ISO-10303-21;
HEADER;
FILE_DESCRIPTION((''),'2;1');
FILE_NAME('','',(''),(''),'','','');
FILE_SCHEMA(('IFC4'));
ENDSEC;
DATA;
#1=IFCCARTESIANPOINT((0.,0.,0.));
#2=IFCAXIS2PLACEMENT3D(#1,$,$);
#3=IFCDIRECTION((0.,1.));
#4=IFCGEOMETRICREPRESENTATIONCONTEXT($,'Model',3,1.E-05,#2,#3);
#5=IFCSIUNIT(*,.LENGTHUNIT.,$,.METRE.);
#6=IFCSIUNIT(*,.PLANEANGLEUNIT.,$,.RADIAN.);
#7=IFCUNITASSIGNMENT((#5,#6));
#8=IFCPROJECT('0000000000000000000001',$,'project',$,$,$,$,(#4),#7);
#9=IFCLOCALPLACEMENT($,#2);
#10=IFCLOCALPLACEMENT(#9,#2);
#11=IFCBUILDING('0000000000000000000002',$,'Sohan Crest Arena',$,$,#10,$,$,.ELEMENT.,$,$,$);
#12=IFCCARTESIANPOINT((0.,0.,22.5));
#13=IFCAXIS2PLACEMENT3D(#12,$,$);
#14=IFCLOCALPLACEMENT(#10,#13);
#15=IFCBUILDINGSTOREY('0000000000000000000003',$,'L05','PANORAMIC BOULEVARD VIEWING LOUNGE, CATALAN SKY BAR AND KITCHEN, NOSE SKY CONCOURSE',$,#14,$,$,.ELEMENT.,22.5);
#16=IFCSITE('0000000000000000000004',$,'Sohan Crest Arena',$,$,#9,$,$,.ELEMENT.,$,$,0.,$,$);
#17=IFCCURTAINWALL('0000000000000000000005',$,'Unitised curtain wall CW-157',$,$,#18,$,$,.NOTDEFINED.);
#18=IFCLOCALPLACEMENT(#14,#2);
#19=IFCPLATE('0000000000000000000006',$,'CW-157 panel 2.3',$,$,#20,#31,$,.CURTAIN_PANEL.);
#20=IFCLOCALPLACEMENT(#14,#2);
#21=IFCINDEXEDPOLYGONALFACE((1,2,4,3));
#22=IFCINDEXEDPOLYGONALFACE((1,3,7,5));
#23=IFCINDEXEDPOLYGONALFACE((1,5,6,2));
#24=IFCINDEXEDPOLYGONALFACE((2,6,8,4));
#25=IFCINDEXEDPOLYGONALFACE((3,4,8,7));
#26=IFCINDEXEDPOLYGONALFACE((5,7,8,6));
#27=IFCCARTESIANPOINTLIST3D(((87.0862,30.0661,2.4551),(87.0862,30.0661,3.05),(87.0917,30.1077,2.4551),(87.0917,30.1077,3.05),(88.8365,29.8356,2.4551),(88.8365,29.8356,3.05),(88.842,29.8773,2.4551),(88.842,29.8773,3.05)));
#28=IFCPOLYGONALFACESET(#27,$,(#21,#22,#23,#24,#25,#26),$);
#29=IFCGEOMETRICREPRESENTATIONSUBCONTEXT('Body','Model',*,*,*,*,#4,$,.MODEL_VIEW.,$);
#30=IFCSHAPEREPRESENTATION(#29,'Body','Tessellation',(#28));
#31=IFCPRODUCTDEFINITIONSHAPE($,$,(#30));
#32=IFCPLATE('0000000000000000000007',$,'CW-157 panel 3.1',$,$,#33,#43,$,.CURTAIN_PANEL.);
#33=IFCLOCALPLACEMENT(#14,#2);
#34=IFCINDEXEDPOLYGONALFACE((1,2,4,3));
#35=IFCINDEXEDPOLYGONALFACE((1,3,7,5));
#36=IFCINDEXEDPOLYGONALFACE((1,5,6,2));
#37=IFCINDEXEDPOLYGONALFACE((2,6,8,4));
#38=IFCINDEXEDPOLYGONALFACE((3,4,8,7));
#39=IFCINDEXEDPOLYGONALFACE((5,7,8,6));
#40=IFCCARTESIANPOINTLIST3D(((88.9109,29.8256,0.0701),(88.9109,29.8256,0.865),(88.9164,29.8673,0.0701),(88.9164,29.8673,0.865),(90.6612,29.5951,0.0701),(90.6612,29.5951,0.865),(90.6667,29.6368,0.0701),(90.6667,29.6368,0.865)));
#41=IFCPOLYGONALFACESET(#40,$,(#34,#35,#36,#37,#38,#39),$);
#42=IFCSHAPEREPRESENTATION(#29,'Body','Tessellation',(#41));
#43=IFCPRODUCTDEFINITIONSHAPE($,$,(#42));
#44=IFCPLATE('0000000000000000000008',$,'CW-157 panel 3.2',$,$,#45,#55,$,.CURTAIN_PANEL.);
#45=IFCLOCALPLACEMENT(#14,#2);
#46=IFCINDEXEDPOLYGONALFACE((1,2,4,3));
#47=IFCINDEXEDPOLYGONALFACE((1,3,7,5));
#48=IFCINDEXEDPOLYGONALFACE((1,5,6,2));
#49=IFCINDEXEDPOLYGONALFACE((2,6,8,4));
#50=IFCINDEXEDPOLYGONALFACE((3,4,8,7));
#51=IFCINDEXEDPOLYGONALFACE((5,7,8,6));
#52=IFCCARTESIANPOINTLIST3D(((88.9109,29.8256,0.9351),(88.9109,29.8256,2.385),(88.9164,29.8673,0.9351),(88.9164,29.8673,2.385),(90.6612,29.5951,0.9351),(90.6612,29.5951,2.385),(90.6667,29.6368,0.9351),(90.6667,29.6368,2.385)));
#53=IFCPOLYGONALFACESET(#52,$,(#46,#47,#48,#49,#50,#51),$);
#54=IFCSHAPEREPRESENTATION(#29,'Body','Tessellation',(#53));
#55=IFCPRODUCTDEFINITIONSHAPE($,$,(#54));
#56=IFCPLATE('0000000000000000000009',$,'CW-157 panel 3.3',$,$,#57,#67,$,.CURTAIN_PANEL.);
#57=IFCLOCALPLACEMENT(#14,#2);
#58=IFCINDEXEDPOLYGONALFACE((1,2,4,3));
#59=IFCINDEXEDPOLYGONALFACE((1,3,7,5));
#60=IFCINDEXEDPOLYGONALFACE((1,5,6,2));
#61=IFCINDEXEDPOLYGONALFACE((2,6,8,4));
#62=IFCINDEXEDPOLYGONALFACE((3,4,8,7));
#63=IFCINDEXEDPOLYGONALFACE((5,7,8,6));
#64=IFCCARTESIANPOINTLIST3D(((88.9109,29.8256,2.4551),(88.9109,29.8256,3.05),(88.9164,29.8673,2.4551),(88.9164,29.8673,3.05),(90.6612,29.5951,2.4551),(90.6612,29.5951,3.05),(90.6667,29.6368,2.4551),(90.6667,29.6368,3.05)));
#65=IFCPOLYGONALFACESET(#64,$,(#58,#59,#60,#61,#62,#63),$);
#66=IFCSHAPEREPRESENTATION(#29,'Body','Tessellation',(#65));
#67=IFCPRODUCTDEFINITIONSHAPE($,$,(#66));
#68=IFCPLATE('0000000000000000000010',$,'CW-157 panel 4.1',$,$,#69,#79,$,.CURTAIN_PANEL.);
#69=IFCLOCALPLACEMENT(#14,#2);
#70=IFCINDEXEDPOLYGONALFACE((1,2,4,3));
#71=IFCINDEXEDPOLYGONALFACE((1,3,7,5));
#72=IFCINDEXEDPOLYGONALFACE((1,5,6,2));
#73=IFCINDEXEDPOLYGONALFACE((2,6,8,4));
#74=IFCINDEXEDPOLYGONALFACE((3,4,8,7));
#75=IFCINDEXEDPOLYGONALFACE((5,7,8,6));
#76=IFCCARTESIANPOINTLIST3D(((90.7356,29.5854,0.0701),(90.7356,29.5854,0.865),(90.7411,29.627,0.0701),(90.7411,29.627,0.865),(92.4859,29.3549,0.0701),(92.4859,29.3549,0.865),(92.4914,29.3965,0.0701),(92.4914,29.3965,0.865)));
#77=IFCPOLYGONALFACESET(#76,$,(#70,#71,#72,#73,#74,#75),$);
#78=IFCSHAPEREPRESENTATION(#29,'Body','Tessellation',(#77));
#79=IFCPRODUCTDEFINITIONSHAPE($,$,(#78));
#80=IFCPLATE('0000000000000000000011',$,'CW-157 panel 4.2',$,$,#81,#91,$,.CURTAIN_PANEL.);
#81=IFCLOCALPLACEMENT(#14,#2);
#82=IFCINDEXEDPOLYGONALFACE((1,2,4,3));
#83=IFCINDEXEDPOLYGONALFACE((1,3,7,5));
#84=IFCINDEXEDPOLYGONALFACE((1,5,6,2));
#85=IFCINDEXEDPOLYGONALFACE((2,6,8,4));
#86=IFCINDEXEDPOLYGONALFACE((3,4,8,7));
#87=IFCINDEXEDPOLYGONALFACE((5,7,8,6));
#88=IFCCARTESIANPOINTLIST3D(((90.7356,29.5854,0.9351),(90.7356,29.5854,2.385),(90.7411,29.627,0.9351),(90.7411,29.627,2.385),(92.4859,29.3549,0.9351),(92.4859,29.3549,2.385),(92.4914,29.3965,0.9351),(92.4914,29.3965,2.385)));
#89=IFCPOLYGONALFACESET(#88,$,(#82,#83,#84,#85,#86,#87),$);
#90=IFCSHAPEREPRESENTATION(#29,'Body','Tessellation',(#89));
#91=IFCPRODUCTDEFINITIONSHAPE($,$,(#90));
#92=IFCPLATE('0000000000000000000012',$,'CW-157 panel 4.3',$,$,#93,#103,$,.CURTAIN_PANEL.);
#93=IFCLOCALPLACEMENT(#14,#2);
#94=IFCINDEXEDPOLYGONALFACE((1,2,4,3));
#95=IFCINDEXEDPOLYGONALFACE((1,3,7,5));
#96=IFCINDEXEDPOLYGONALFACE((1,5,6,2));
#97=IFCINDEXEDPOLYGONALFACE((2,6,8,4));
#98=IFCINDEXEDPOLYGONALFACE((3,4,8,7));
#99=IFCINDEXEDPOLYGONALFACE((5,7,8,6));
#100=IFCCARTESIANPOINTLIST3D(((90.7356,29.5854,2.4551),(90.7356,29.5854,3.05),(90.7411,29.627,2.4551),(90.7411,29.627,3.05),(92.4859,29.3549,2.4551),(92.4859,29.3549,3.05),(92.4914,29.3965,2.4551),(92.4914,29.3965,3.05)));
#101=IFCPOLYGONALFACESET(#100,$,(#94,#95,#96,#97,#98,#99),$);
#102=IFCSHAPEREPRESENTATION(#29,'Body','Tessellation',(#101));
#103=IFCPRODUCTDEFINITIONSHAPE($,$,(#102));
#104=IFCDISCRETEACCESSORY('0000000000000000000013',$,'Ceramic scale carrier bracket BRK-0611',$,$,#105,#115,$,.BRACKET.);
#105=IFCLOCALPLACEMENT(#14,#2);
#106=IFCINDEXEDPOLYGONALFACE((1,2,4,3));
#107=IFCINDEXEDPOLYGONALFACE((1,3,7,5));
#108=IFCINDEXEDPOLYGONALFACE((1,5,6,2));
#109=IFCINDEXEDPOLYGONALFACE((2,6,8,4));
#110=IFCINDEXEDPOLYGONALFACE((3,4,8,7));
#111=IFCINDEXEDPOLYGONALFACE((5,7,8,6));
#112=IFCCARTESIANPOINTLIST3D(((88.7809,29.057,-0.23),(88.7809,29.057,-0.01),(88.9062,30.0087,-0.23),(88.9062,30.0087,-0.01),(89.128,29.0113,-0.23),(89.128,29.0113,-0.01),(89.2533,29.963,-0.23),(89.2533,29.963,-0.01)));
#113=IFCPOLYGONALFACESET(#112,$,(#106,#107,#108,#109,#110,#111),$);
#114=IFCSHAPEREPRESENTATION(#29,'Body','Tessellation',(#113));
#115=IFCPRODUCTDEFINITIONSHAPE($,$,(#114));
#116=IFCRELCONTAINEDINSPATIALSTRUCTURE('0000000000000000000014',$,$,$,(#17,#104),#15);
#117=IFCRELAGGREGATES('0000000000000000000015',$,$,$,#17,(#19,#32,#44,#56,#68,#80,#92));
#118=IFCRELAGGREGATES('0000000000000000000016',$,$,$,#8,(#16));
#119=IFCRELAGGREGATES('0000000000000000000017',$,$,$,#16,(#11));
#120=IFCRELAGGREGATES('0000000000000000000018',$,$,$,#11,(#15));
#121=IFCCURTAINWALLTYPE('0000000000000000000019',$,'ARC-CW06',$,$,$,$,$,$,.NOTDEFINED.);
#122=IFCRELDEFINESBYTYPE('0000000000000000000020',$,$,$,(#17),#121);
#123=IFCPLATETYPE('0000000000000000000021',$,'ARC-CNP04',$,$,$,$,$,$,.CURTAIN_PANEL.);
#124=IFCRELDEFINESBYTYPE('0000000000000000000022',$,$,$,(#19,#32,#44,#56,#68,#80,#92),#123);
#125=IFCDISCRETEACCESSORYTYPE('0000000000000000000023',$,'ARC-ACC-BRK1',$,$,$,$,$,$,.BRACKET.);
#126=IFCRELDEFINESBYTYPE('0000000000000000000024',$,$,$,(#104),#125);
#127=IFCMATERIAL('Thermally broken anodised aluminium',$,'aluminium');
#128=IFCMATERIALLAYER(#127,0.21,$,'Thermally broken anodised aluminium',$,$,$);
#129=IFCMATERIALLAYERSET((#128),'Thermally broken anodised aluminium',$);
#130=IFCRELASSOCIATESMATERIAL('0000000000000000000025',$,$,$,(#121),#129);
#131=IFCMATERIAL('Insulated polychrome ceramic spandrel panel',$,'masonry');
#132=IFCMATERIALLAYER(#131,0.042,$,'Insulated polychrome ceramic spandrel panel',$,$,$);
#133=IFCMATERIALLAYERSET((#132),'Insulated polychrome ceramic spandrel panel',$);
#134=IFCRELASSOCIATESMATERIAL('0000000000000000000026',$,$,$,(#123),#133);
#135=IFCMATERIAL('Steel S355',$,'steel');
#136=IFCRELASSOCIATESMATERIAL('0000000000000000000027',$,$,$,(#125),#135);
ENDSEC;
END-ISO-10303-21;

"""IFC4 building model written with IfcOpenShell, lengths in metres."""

from ifc_helpers import new_model, si_unit, direction, frame, origin, origin_2d, place, context, subcontext, project, spatial, rectangle, extrude, material, layer, layer_set, type_object, element, aggregate, save


model = new_model("IFC4")

# Units and contexts
model_context = context("Model", 3, precision=1e-05, world=origin(), true_north=direction((0.0, 1.0)))
body_context = subcontext(model_context, "Body", "Model", "MODEL_VIEW")
ifc_project = project(units=[si_unit("LENGTHUNIT", "METRE"), si_unit("PLANEANGLEUNIT", "RADIAN")], contexts=[model_context])

# Site, building, storey
site_placement = place(None, origin())
site = spatial("IfcSite", under=ifc_project, at=site_placement, Name="Sohan Crest Arena", CompositionType="ELEMENT", RefElevation=0.0)
building_placement = place(site_placement, origin())
building = spatial("IfcBuilding", under=site, at=building_placement, Name="Sohan Crest Arena", CompositionType="ELEMENT")
storey_placement = place(building_placement, frame((0.0, 0.0, 22.5)))
storey = spatial("IfcBuildingStorey", under=building, at=storey_placement, Name="L05", Description="PANORAMIC BOULEVARD VIEWING LOUNGE, CATALAN SKY BAR AND KITCHEN, NOSE SKY CONCOURSE", CompositionType="ELEMENT", Elevation=22.5)

# Curtain wall, plates
ifc_material_1 = material(Name="Thermally broken anodised aluminium", Category="aluminium")
ifc_layer_1 = layer(ifc_material_1, 0.21, Name="Thermally broken anodised aluminium")
ifc_layer_set_1 = layer_set([ifc_layer_1], Name="Thermally broken anodised aluminium")
curtain_wall_type = type_object("IfcCurtainWallType", Name="ARC-CW06", PredefinedType="NOTDEFINED", material=ifc_layer_set_1)
curtain_wall_placement = place(storey_placement, origin())
curtain_wall = element("IfcCurtainWall", 1, at=curtain_wall_placement, inside=storey, type_object=curtain_wall_type, Name="Unitised curtain wall CW-157", PredefinedType="NOTDEFINED")
ifc_material_2 = material(Name="Insulated polychrome ceramic spandrel panel", Category="masonry")
ifc_layer_2 = layer(ifc_material_2, 0.042, Name="Insulated polychrome ceramic spandrel panel")
ifc_layer_set_2 = layer_set([ifc_layer_2], Name="Insulated polychrome ceramic spandrel panel")
plate_type = type_object("IfcPlateType", Name="ARC-CNP04", PredefinedType="CURTAIN_PANEL", material=ifc_layer_set_2)
plate_1_placement = place(storey_placement, frame((87.9641, 29.9717, 2.4551), z_axis=(0.0, 0.0, 1.0), x_axis=(0.991441, -0.130557, 0.0)))
plate_1 = element("IfcPlate", 2, at=plate_1_placement, type_object=plate_type, Name="CW-157 panel 2.3", PredefinedType="CURTAIN_PANEL", context=body_context, shape_type="SweptSolid", body=[
    extrude(rectangle(XDim=1.7654, YDim=0.042, at=origin_2d()), origin(), (0.0, 0.0, 1.0), 0.595),
])
plate_2_placement = place(storey_placement, frame((89.7888, 29.7312, 0.0701), z_axis=(0.0, 0.0, 1.0), x_axis=(0.991441, -0.130557, 0.0)))
plate_2 = element("IfcPlate", 3, at=plate_2_placement, type_object=plate_type, Name="CW-157 panel 3.1", PredefinedType="CURTAIN_PANEL", context=body_context, shape_type="SweptSolid", body=[
    extrude(rectangle(XDim=1.7654, YDim=0.042, at=origin_2d()), origin(), (0.0, 0.0, 1.0), 0.7949),
])
plate_3_placement = place(storey_placement, frame((89.7888, 29.7312, 0.9351), z_axis=(0.0, 0.0, 1.0), x_axis=(0.991441, -0.130557, 0.0)))
plate_3 = element("IfcPlate", 4, at=plate_3_placement, type_object=plate_type, Name="CW-157 panel 3.2", PredefinedType="CURTAIN_PANEL", context=body_context, shape_type="SweptSolid", body=[
    extrude(rectangle(XDim=1.7654, YDim=0.042, at=origin_2d()), origin(), (0.0, 0.0, 1.0), 1.45),
])
plate_4_placement = place(storey_placement, frame((89.7888, 29.7312, 2.4551), z_axis=(0.0, 0.0, 1.0), x_axis=(0.991441, -0.130557, 0.0)))
plate_4 = element("IfcPlate", 5, at=plate_4_placement, type_object=plate_type, Name="CW-157 panel 3.3", PredefinedType="CURTAIN_PANEL", context=body_context, shape_type="SweptSolid", body=[
    extrude(rectangle(XDim=1.7654, YDim=0.042, at=origin_2d()), origin(), (0.0, 0.0, 1.0), 0.595),
])
plate_5_placement = place(storey_placement, frame((91.6135, 29.491, 0.0701), z_axis=(0.0, 0.0, 1.0), x_axis=(0.991441, -0.130557, 0.0)))
plate_5 = element("IfcPlate", 6, at=plate_5_placement, type_object=plate_type, Name="CW-157 panel 4.1", PredefinedType="CURTAIN_PANEL", context=body_context, shape_type="SweptSolid", body=[
    extrude(rectangle(XDim=1.7654, YDim=0.042, at=origin_2d()), origin(), (0.0, 0.0, 1.0), 0.7949),
])
plate_6_placement = place(storey_placement, frame((91.6135, 29.491, 0.9351), z_axis=(0.0, 0.0, 1.0), x_axis=(0.991441, -0.130557, 0.0)))
plate_6 = element("IfcPlate", 7, at=plate_6_placement, type_object=plate_type, Name="CW-157 panel 4.2", PredefinedType="CURTAIN_PANEL", context=body_context, shape_type="SweptSolid", body=[
    extrude(rectangle(XDim=1.7654, YDim=0.042, at=origin_2d()), origin(), (0.0, 0.0, 1.0), 1.45),
])
plate_7_placement = place(storey_placement, frame((91.6135, 29.491, 2.4551), z_axis=(0.0, 0.0, 1.0), x_axis=(0.991441, -0.130557, 0.0)))
plate_7 = element("IfcPlate", 8, at=plate_7_placement, type_object=plate_type, Name="CW-157 panel 4.3", PredefinedType="CURTAIN_PANEL", context=body_context, shape_type="SweptSolid", body=[
    extrude(rectangle(XDim=1.7654, YDim=0.042, at=origin_2d()), origin(), (0.0, 0.0, 1.0), 0.595),
])
aggregate(curtain_wall, [plate_1, plate_2, plate_3, plate_4, plate_5, plate_6, plate_7])

# Discrete accessory
ifc_material_3 = material(Name="Steel S355", Category="steel")
discrete_accessory_type = type_object("IfcDiscreteAccessoryType", Name="ARC-ACC-BRK1", PredefinedType="BRACKET", material=ifc_material_3)
discrete_accessory_placement = place(storey_placement, frame((89.0171, 29.51, -0.23), z_axis=(0.0, 0.0, 1.0), x_axis=(0.991445, -0.130526, 0.0)))
element("IfcDiscreteAccessory", 9, at=discrete_accessory_placement, inside=storey, type_object=discrete_accessory_type, Name="Ceramic scale carrier bracket BRK-0611", PredefinedType="BRACKET", context=body_context, shape_type="SweptSolid", body=[
    extrude(rectangle(XDim=0.3501, YDim=0.96, at=origin_2d()), origin(), (0.0, 0.0, 1.0), 0.22),
])

save(model, "model.ifc")
